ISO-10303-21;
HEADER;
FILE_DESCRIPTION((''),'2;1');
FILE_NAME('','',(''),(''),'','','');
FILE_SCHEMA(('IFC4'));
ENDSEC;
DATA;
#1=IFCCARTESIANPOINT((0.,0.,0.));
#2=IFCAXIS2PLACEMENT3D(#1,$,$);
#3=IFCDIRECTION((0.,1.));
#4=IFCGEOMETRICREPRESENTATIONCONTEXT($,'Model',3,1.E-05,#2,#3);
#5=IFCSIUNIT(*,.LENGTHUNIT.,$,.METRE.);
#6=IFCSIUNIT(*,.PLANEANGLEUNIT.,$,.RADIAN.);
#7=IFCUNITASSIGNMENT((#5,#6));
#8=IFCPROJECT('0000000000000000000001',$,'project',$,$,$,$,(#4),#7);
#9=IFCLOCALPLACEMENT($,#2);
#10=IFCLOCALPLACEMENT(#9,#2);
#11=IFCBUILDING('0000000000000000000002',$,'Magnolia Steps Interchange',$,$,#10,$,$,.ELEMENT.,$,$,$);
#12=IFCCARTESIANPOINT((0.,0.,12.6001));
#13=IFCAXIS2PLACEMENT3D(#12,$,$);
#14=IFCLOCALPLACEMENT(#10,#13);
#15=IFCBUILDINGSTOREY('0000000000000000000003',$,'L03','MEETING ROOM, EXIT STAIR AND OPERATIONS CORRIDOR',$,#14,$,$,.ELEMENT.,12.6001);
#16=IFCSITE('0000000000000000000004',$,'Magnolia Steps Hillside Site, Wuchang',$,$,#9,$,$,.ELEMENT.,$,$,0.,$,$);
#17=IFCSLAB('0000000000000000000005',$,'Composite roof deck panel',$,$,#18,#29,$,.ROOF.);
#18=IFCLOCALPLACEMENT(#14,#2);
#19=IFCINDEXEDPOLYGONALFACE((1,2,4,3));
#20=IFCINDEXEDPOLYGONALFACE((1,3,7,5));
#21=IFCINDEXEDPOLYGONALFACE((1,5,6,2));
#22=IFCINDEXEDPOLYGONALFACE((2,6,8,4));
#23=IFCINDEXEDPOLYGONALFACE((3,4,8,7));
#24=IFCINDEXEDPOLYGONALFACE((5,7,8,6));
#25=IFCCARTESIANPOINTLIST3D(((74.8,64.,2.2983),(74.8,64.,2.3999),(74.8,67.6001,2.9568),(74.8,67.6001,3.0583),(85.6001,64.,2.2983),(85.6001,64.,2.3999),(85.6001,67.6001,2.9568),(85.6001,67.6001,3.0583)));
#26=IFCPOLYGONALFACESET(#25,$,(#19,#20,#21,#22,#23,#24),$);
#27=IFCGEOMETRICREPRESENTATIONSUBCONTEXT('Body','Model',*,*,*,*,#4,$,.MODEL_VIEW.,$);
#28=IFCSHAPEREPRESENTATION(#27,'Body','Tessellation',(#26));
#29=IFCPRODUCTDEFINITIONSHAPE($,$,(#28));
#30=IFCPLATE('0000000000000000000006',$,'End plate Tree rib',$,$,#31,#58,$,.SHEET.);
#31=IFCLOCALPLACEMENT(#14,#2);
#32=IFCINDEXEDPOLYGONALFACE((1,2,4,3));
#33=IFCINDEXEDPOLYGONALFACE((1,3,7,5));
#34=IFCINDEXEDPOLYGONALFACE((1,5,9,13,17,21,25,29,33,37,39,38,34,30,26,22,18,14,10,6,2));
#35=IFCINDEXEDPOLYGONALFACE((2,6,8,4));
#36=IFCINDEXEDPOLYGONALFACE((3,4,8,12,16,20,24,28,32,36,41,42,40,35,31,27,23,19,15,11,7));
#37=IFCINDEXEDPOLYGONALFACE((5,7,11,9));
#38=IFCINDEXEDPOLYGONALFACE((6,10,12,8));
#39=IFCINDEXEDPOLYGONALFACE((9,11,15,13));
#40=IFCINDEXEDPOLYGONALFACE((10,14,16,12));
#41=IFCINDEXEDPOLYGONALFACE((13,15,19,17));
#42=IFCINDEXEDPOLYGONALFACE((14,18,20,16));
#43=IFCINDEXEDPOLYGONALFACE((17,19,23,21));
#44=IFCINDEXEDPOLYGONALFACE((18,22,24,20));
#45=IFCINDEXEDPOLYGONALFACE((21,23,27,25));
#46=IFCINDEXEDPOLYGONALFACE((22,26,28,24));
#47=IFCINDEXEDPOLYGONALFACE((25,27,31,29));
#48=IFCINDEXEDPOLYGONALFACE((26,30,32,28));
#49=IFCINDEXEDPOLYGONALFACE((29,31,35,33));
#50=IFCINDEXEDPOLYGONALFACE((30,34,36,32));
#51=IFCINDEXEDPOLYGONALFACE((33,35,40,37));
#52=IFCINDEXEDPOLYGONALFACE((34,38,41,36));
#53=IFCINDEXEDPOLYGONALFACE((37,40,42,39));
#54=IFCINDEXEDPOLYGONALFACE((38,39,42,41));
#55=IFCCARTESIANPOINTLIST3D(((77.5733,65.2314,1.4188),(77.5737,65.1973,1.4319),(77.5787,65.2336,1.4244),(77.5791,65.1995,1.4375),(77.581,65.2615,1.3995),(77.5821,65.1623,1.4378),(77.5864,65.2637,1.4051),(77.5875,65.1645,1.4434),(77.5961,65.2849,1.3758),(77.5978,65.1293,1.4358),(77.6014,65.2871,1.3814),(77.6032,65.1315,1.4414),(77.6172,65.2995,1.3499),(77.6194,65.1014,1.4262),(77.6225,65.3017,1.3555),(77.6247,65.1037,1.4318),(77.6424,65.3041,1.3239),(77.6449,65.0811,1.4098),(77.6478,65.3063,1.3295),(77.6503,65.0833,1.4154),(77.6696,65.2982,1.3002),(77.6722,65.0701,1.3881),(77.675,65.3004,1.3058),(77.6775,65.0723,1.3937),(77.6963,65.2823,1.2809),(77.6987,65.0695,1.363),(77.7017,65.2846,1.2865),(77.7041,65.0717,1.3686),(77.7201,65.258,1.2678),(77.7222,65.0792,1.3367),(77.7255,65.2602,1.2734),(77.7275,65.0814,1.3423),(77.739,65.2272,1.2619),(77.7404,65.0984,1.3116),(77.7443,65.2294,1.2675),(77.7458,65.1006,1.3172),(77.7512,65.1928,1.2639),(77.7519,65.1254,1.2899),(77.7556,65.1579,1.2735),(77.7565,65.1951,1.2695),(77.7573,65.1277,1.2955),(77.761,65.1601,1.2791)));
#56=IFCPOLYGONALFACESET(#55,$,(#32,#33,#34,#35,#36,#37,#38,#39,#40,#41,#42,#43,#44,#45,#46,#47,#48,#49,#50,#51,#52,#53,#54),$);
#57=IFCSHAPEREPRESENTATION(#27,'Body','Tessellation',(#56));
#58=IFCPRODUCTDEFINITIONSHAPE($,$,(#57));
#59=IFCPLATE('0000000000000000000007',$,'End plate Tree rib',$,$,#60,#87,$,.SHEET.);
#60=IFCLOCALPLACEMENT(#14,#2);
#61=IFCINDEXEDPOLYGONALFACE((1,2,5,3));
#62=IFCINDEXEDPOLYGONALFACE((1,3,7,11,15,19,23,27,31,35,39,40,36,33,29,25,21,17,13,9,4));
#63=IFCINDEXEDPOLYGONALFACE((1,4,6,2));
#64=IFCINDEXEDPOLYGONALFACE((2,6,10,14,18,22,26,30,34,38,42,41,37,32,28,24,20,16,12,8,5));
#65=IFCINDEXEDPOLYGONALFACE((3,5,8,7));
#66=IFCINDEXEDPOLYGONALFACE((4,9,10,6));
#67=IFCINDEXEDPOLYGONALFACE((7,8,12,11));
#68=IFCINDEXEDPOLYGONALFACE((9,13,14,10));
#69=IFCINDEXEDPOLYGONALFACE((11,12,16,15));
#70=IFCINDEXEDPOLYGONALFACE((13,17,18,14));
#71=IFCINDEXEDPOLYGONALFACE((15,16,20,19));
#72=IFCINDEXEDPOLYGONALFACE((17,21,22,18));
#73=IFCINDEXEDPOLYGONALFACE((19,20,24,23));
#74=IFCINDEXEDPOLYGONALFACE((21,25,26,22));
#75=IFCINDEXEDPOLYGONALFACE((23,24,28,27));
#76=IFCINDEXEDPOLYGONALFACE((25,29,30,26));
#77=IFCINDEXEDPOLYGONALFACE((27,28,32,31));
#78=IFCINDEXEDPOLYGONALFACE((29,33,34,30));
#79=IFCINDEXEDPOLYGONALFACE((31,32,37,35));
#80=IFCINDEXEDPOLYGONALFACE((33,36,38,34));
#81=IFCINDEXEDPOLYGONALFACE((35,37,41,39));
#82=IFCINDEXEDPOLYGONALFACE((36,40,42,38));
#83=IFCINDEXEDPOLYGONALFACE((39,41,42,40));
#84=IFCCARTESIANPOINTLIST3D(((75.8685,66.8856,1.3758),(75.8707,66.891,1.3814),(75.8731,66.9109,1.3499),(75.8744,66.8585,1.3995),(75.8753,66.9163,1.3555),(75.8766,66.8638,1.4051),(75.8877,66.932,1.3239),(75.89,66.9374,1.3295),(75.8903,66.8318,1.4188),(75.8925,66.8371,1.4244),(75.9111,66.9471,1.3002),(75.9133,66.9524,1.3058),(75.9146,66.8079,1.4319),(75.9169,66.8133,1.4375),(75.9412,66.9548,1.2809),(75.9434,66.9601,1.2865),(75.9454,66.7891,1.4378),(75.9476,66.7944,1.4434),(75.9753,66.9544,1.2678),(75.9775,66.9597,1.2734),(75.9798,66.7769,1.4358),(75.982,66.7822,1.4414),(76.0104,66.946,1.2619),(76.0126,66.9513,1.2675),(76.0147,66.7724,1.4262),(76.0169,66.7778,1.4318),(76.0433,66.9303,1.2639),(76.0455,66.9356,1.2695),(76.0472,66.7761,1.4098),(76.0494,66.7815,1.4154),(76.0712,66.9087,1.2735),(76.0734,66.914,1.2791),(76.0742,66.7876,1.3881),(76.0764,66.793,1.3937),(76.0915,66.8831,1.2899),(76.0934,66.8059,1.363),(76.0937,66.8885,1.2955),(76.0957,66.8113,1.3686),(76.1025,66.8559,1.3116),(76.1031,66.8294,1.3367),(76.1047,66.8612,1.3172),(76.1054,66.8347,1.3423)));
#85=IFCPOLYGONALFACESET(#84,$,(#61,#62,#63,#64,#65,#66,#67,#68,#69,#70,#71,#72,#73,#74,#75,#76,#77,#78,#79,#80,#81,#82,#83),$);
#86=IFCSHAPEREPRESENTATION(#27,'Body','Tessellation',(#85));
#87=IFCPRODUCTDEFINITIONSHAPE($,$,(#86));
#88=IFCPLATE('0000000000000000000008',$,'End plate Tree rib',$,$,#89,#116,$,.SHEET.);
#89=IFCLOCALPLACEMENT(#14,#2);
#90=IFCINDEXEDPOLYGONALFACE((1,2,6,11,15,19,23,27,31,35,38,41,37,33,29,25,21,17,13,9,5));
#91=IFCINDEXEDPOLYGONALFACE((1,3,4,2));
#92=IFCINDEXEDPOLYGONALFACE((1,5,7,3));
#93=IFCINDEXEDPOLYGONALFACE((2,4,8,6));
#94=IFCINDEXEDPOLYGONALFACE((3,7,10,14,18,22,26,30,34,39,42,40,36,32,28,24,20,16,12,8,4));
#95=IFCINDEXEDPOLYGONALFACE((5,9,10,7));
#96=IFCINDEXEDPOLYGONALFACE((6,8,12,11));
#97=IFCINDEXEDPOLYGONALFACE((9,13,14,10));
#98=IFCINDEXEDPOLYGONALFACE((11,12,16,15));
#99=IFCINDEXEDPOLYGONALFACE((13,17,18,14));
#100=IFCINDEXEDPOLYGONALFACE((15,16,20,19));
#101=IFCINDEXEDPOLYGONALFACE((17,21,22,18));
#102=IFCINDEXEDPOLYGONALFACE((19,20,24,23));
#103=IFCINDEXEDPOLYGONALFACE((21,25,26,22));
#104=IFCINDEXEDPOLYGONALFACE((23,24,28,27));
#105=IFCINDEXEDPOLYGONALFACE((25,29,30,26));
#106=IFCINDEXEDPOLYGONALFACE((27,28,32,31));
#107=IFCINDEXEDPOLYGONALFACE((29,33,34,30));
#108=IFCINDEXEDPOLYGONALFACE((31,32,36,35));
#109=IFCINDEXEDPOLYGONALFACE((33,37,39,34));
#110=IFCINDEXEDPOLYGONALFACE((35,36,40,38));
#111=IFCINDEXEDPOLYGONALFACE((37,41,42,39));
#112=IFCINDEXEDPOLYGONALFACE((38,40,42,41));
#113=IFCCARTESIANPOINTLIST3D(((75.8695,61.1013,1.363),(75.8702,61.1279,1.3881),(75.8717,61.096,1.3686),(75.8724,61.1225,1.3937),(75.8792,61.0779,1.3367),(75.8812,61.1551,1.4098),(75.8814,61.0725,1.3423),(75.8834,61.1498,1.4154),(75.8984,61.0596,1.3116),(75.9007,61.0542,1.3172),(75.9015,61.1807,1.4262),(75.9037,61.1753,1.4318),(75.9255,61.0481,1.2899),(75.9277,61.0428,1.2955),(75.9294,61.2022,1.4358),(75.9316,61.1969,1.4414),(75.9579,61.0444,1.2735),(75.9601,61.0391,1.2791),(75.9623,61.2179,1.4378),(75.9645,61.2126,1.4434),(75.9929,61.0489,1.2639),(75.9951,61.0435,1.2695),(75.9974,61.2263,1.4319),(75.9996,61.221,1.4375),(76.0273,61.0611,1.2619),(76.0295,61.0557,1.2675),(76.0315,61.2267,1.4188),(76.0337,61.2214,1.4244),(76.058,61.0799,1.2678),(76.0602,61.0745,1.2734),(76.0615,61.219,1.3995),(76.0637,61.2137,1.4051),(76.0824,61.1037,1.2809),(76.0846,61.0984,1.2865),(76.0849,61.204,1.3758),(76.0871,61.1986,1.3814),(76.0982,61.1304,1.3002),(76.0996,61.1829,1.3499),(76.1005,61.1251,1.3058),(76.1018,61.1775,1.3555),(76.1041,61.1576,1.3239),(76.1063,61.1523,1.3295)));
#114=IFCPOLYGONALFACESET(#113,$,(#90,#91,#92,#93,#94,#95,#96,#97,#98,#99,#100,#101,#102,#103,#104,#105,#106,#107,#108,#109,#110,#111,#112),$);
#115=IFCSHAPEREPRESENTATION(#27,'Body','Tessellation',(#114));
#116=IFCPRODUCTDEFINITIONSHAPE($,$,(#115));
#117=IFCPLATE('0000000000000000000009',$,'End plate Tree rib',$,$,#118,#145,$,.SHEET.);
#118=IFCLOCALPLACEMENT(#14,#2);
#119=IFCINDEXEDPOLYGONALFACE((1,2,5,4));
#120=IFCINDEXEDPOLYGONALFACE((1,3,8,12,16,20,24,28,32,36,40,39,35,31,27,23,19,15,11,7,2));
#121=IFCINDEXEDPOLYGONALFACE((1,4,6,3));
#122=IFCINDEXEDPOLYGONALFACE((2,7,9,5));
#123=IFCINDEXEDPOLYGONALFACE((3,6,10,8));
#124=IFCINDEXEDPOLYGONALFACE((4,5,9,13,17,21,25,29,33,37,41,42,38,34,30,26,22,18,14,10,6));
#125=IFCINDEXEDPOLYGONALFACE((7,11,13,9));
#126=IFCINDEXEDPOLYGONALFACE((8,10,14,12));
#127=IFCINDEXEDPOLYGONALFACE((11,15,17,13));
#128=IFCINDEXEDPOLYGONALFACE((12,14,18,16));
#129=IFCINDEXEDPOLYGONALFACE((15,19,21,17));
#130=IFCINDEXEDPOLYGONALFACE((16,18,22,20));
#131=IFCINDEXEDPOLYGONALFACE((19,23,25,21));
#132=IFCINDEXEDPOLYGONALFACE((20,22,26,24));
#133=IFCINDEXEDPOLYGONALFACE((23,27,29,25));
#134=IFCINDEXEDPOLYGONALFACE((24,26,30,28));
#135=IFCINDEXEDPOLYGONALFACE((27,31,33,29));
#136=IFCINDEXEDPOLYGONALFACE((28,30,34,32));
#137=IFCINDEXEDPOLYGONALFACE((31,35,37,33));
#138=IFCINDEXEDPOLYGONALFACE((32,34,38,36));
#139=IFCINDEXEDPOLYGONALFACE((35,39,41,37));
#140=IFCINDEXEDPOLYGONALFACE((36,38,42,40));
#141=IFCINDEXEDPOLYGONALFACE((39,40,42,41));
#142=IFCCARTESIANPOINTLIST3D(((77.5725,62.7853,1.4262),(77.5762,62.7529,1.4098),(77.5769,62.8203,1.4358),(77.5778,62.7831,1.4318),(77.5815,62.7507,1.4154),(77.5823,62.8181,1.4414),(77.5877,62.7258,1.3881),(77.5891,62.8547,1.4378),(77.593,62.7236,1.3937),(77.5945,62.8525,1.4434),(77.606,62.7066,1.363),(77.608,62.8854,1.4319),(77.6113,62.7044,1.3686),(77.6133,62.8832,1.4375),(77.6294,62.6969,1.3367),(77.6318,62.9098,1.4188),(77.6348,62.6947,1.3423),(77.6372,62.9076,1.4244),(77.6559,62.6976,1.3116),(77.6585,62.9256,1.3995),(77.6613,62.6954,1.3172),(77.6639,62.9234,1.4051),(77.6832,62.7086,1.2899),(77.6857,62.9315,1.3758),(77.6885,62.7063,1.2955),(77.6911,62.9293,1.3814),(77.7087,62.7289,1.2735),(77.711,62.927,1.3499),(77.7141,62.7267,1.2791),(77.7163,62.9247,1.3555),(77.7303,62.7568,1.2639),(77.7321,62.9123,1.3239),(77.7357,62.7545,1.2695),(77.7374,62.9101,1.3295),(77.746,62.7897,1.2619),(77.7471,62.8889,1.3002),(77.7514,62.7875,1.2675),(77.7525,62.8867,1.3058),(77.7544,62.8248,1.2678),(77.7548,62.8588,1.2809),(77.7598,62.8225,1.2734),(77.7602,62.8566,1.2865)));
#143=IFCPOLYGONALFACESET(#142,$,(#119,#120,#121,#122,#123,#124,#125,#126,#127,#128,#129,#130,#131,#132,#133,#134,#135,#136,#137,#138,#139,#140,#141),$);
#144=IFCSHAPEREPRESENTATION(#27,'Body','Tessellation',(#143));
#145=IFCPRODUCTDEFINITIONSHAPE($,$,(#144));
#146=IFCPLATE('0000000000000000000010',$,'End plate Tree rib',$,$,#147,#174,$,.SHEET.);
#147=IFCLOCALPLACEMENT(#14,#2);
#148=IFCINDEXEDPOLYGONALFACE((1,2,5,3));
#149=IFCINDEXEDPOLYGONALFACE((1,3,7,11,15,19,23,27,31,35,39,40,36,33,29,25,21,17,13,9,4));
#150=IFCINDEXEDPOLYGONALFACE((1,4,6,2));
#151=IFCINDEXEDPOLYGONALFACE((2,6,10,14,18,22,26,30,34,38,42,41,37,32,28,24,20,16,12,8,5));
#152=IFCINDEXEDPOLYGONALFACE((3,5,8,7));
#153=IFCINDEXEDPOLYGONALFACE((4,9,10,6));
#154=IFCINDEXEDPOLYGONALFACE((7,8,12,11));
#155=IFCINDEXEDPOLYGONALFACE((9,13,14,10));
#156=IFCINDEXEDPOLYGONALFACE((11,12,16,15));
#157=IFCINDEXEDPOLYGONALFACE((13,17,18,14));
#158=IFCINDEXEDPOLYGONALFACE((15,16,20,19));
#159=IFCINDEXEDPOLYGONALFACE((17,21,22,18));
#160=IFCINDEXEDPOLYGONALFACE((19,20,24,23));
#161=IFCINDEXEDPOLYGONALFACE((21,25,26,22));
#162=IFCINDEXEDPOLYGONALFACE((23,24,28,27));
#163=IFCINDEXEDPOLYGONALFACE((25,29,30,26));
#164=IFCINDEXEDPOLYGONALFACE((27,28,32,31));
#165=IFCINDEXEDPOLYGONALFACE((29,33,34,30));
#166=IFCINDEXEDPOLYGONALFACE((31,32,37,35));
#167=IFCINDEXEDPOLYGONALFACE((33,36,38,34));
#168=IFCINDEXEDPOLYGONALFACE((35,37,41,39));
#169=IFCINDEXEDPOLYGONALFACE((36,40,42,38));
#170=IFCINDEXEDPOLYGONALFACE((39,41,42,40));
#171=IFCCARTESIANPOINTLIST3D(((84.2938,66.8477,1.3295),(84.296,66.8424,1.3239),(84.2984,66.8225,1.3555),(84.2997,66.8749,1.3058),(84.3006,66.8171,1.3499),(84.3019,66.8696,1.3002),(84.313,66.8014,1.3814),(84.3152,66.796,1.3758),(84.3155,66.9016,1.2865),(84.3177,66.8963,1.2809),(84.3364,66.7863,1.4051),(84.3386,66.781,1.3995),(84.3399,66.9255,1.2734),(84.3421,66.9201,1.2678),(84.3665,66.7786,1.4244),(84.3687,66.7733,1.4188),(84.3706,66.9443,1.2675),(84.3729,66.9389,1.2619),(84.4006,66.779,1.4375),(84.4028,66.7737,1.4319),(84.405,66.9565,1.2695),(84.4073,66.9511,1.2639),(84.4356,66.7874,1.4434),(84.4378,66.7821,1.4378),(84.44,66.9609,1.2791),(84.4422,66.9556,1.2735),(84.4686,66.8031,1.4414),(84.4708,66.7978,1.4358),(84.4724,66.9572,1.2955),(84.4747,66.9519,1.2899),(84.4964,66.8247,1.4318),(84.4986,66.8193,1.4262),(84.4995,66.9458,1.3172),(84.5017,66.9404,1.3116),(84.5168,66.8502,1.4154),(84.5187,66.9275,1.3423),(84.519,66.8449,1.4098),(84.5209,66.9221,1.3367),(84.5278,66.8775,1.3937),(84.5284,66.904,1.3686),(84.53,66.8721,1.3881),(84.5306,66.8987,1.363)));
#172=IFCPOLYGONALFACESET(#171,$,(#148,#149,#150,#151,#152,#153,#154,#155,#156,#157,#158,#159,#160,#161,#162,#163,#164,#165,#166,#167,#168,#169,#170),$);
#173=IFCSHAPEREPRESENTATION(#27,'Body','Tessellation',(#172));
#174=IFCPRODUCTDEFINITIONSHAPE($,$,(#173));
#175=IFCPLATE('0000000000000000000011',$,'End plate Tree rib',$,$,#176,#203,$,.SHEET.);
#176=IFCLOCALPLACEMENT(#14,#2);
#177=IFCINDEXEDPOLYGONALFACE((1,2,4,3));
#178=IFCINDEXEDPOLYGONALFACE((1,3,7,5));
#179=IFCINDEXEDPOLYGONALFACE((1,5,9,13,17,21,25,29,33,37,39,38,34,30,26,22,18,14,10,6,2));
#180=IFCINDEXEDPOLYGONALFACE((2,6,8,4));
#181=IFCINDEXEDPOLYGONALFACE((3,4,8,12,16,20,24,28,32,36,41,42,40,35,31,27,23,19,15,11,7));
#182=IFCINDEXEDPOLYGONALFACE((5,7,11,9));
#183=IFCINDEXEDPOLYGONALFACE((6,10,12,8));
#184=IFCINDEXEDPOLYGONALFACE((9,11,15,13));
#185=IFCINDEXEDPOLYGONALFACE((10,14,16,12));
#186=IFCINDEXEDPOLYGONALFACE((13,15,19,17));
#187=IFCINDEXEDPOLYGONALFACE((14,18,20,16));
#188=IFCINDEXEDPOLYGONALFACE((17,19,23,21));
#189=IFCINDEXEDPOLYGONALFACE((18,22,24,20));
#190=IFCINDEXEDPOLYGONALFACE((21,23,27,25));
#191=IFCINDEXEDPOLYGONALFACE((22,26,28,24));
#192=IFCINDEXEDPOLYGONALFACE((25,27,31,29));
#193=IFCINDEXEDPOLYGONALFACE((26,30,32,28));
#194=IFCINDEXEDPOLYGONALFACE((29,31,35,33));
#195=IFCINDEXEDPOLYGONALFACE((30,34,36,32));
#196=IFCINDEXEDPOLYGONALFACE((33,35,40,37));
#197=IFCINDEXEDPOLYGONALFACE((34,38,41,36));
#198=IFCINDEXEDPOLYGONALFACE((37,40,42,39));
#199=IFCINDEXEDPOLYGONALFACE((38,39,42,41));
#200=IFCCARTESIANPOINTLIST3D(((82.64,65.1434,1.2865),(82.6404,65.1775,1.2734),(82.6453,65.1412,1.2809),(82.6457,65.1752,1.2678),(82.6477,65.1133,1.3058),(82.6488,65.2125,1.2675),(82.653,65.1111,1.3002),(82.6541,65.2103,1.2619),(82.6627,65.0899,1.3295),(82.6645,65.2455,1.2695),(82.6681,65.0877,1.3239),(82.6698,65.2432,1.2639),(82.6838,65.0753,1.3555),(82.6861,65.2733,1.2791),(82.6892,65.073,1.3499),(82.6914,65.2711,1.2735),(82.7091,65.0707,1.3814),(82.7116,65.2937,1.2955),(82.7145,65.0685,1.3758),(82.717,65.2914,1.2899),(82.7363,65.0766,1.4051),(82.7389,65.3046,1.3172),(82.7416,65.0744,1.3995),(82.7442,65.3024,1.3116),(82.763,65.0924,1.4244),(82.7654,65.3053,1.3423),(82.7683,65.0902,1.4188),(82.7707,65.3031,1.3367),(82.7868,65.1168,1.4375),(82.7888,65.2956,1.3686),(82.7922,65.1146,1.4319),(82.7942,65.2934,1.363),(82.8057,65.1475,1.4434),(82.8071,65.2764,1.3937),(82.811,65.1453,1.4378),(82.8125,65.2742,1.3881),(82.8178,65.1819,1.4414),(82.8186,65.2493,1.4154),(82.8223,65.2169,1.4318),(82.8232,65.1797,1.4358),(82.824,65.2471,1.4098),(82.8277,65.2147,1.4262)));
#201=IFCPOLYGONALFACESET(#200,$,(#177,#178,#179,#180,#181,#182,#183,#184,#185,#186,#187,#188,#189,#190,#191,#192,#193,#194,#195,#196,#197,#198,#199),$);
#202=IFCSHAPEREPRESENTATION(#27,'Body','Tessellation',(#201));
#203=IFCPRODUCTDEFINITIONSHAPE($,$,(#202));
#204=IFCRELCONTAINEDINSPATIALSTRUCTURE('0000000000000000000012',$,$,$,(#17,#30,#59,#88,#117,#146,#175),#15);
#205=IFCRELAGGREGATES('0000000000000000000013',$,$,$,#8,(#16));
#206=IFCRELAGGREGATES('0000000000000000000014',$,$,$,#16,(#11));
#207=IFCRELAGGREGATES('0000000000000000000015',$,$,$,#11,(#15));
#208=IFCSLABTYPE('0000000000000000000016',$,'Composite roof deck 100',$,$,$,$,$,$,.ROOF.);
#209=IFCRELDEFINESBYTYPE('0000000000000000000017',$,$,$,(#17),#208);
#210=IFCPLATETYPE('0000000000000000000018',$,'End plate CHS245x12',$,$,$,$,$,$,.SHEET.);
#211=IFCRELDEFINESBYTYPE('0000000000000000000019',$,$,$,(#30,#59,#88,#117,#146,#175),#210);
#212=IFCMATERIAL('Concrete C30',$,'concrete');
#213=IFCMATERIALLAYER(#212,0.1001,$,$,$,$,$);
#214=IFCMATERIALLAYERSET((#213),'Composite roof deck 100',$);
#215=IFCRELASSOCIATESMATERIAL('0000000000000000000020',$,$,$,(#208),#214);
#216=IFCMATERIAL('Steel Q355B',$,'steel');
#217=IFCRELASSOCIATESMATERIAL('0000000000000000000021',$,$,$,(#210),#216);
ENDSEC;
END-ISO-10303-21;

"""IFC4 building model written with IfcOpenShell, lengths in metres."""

from ifc_helpers import new_model, si_unit, direction, frame, origin, origin_2d, place, context, subcontext, project, spatial, polyline, circle, outline, extrude, material, layer, layer_set, material_profile, profile_set, type_object, element, save


model = new_model("IFC4")

# Units and contexts
model_context = context("Model", 3, precision=1e-05, world=origin(), true_north=direction((0.0, 1.0)))
body_context = subcontext(model_context, "Body", "Model", "MODEL_VIEW")
ifc_project = project(units=[si_unit("LENGTHUNIT", "METRE"), si_unit("PLANEANGLEUNIT", "RADIAN")], contexts=[model_context])

# Site, building, storey
site_placement = place(None, origin())
site = spatial("IfcSite", under=ifc_project, at=site_placement, Name="Magnolia Steps Hillside Site, Wuchang", CompositionType="ELEMENT", RefElevation=0.0)
building_placement = place(site_placement, origin())
building = spatial("IfcBuilding", under=site, at=building_placement, Name="Magnolia Steps Interchange", CompositionType="ELEMENT")
storey_placement = place(building_placement, frame((0.0, 0.0, 12.6001)))
storey = spatial("IfcBuildingStorey", under=building, at=storey_placement, Name="L03", Description="MEETING ROOM, EXIT STAIR AND OPERATIONS CORRIDOR", CompositionType="ELEMENT", Elevation=12.6001)

# Slab
ifc_material_1 = material(Name="Concrete C30", Category="concrete")
ifc_layer = layer(ifc_material_1, 0.1001)
ifc_layer_set = layer_set([ifc_layer], Name="Composite roof deck 100")
slab_type = type_object("IfcSlabType", Name="Composite roof deck 100", PredefinedType="ROOF", material=ifc_layer_set)
for number, where, z_axis, x_axis, name in (
    (1, (85.6001, 64.0, 2.3999), (0.0, -0.179913, 0.983683), (0.0, 0.983683, 0.179913), "Composite roof deck panel"),
):
    element("IfcSlab", number, at=place(storey_placement, frame(where, z_axis=z_axis, x_axis=x_axis)), inside=storey, type_object=slab_type, Name=name, PredefinedType="ROOF", context=body_context, shape_type="SweptSolid", body=[
        extrude(outline(polyline([(0.0, 0.0), (3.6598, 0.0), (3.6598, 10.8), (0.0, 10.8), (0.0, 0.0)])), origin(), (-0.179913, 0.0, -0.983683), 0.1016),
    ])

# Plates
ifc_material_2 = material(Name="Steel Q355B", Category="steel")
ifc_material_profile_1 = material_profile(ifc_material_2, circle(Radius=0.1226, at=origin_2d()), Name="End plate CHS245x12")
ifc_profile_set_1 = profile_set([ifc_material_profile_1], Name="Steel Q355B")
plate_type = type_object("IfcPlateType", Name="End plate CHS245x12", PredefinedType="SHEET", material=ifc_profile_set_1)
for number, where, z_axis, x_axis, name in (
    (2, (77.6641, 65.1863, 1.3499), (0.664583, 0.275279, 0.694658), (-0.382683, 0.92388, 0.0), "End plate Tree rib"),
    (3, (75.9863, 66.864, 1.3499), (0.275279, 0.664583, 0.694658), (-0.92388, 0.382683, 0.0), "End plate Tree rib"),
    (4, (75.9863, 61.136, 1.3499), (0.275279, -0.664583, 0.694658), (0.92388, 0.382683, 0.0), "End plate Tree rib"),
    (5, (77.6641, 62.8137, 1.3499), (0.664583, -0.275279, 0.694658), (0.382683, 0.92388, 0.0), "End plate Tree rib"),
    (6, (84.4138, 66.864, 1.3499), (-0.275279, 0.664583, 0.694658), (-0.92388, -0.382683, 0.0), "End plate Tree rib"),
    (7, (82.7361, 65.1863, 1.3499), (-0.664583, 0.275279, 0.694658), (-0.382683, -0.92388, 0.0), "End plate Tree rib"),
):
    element("IfcPlate", number, at=place(storey_placement, frame(where, z_axis=z_axis, x_axis=x_axis)), inside=storey, type_object=plate_type, Name=name, PredefinedType="SHEET", context=body_context, shape_type="SweptSolid", body=[
        extrude(circle(Radius=0.1226, at=origin_2d()), origin(), (0.0, 0.0, 1.0), 0.0081),
    ])

save(model, "model.ifc")
